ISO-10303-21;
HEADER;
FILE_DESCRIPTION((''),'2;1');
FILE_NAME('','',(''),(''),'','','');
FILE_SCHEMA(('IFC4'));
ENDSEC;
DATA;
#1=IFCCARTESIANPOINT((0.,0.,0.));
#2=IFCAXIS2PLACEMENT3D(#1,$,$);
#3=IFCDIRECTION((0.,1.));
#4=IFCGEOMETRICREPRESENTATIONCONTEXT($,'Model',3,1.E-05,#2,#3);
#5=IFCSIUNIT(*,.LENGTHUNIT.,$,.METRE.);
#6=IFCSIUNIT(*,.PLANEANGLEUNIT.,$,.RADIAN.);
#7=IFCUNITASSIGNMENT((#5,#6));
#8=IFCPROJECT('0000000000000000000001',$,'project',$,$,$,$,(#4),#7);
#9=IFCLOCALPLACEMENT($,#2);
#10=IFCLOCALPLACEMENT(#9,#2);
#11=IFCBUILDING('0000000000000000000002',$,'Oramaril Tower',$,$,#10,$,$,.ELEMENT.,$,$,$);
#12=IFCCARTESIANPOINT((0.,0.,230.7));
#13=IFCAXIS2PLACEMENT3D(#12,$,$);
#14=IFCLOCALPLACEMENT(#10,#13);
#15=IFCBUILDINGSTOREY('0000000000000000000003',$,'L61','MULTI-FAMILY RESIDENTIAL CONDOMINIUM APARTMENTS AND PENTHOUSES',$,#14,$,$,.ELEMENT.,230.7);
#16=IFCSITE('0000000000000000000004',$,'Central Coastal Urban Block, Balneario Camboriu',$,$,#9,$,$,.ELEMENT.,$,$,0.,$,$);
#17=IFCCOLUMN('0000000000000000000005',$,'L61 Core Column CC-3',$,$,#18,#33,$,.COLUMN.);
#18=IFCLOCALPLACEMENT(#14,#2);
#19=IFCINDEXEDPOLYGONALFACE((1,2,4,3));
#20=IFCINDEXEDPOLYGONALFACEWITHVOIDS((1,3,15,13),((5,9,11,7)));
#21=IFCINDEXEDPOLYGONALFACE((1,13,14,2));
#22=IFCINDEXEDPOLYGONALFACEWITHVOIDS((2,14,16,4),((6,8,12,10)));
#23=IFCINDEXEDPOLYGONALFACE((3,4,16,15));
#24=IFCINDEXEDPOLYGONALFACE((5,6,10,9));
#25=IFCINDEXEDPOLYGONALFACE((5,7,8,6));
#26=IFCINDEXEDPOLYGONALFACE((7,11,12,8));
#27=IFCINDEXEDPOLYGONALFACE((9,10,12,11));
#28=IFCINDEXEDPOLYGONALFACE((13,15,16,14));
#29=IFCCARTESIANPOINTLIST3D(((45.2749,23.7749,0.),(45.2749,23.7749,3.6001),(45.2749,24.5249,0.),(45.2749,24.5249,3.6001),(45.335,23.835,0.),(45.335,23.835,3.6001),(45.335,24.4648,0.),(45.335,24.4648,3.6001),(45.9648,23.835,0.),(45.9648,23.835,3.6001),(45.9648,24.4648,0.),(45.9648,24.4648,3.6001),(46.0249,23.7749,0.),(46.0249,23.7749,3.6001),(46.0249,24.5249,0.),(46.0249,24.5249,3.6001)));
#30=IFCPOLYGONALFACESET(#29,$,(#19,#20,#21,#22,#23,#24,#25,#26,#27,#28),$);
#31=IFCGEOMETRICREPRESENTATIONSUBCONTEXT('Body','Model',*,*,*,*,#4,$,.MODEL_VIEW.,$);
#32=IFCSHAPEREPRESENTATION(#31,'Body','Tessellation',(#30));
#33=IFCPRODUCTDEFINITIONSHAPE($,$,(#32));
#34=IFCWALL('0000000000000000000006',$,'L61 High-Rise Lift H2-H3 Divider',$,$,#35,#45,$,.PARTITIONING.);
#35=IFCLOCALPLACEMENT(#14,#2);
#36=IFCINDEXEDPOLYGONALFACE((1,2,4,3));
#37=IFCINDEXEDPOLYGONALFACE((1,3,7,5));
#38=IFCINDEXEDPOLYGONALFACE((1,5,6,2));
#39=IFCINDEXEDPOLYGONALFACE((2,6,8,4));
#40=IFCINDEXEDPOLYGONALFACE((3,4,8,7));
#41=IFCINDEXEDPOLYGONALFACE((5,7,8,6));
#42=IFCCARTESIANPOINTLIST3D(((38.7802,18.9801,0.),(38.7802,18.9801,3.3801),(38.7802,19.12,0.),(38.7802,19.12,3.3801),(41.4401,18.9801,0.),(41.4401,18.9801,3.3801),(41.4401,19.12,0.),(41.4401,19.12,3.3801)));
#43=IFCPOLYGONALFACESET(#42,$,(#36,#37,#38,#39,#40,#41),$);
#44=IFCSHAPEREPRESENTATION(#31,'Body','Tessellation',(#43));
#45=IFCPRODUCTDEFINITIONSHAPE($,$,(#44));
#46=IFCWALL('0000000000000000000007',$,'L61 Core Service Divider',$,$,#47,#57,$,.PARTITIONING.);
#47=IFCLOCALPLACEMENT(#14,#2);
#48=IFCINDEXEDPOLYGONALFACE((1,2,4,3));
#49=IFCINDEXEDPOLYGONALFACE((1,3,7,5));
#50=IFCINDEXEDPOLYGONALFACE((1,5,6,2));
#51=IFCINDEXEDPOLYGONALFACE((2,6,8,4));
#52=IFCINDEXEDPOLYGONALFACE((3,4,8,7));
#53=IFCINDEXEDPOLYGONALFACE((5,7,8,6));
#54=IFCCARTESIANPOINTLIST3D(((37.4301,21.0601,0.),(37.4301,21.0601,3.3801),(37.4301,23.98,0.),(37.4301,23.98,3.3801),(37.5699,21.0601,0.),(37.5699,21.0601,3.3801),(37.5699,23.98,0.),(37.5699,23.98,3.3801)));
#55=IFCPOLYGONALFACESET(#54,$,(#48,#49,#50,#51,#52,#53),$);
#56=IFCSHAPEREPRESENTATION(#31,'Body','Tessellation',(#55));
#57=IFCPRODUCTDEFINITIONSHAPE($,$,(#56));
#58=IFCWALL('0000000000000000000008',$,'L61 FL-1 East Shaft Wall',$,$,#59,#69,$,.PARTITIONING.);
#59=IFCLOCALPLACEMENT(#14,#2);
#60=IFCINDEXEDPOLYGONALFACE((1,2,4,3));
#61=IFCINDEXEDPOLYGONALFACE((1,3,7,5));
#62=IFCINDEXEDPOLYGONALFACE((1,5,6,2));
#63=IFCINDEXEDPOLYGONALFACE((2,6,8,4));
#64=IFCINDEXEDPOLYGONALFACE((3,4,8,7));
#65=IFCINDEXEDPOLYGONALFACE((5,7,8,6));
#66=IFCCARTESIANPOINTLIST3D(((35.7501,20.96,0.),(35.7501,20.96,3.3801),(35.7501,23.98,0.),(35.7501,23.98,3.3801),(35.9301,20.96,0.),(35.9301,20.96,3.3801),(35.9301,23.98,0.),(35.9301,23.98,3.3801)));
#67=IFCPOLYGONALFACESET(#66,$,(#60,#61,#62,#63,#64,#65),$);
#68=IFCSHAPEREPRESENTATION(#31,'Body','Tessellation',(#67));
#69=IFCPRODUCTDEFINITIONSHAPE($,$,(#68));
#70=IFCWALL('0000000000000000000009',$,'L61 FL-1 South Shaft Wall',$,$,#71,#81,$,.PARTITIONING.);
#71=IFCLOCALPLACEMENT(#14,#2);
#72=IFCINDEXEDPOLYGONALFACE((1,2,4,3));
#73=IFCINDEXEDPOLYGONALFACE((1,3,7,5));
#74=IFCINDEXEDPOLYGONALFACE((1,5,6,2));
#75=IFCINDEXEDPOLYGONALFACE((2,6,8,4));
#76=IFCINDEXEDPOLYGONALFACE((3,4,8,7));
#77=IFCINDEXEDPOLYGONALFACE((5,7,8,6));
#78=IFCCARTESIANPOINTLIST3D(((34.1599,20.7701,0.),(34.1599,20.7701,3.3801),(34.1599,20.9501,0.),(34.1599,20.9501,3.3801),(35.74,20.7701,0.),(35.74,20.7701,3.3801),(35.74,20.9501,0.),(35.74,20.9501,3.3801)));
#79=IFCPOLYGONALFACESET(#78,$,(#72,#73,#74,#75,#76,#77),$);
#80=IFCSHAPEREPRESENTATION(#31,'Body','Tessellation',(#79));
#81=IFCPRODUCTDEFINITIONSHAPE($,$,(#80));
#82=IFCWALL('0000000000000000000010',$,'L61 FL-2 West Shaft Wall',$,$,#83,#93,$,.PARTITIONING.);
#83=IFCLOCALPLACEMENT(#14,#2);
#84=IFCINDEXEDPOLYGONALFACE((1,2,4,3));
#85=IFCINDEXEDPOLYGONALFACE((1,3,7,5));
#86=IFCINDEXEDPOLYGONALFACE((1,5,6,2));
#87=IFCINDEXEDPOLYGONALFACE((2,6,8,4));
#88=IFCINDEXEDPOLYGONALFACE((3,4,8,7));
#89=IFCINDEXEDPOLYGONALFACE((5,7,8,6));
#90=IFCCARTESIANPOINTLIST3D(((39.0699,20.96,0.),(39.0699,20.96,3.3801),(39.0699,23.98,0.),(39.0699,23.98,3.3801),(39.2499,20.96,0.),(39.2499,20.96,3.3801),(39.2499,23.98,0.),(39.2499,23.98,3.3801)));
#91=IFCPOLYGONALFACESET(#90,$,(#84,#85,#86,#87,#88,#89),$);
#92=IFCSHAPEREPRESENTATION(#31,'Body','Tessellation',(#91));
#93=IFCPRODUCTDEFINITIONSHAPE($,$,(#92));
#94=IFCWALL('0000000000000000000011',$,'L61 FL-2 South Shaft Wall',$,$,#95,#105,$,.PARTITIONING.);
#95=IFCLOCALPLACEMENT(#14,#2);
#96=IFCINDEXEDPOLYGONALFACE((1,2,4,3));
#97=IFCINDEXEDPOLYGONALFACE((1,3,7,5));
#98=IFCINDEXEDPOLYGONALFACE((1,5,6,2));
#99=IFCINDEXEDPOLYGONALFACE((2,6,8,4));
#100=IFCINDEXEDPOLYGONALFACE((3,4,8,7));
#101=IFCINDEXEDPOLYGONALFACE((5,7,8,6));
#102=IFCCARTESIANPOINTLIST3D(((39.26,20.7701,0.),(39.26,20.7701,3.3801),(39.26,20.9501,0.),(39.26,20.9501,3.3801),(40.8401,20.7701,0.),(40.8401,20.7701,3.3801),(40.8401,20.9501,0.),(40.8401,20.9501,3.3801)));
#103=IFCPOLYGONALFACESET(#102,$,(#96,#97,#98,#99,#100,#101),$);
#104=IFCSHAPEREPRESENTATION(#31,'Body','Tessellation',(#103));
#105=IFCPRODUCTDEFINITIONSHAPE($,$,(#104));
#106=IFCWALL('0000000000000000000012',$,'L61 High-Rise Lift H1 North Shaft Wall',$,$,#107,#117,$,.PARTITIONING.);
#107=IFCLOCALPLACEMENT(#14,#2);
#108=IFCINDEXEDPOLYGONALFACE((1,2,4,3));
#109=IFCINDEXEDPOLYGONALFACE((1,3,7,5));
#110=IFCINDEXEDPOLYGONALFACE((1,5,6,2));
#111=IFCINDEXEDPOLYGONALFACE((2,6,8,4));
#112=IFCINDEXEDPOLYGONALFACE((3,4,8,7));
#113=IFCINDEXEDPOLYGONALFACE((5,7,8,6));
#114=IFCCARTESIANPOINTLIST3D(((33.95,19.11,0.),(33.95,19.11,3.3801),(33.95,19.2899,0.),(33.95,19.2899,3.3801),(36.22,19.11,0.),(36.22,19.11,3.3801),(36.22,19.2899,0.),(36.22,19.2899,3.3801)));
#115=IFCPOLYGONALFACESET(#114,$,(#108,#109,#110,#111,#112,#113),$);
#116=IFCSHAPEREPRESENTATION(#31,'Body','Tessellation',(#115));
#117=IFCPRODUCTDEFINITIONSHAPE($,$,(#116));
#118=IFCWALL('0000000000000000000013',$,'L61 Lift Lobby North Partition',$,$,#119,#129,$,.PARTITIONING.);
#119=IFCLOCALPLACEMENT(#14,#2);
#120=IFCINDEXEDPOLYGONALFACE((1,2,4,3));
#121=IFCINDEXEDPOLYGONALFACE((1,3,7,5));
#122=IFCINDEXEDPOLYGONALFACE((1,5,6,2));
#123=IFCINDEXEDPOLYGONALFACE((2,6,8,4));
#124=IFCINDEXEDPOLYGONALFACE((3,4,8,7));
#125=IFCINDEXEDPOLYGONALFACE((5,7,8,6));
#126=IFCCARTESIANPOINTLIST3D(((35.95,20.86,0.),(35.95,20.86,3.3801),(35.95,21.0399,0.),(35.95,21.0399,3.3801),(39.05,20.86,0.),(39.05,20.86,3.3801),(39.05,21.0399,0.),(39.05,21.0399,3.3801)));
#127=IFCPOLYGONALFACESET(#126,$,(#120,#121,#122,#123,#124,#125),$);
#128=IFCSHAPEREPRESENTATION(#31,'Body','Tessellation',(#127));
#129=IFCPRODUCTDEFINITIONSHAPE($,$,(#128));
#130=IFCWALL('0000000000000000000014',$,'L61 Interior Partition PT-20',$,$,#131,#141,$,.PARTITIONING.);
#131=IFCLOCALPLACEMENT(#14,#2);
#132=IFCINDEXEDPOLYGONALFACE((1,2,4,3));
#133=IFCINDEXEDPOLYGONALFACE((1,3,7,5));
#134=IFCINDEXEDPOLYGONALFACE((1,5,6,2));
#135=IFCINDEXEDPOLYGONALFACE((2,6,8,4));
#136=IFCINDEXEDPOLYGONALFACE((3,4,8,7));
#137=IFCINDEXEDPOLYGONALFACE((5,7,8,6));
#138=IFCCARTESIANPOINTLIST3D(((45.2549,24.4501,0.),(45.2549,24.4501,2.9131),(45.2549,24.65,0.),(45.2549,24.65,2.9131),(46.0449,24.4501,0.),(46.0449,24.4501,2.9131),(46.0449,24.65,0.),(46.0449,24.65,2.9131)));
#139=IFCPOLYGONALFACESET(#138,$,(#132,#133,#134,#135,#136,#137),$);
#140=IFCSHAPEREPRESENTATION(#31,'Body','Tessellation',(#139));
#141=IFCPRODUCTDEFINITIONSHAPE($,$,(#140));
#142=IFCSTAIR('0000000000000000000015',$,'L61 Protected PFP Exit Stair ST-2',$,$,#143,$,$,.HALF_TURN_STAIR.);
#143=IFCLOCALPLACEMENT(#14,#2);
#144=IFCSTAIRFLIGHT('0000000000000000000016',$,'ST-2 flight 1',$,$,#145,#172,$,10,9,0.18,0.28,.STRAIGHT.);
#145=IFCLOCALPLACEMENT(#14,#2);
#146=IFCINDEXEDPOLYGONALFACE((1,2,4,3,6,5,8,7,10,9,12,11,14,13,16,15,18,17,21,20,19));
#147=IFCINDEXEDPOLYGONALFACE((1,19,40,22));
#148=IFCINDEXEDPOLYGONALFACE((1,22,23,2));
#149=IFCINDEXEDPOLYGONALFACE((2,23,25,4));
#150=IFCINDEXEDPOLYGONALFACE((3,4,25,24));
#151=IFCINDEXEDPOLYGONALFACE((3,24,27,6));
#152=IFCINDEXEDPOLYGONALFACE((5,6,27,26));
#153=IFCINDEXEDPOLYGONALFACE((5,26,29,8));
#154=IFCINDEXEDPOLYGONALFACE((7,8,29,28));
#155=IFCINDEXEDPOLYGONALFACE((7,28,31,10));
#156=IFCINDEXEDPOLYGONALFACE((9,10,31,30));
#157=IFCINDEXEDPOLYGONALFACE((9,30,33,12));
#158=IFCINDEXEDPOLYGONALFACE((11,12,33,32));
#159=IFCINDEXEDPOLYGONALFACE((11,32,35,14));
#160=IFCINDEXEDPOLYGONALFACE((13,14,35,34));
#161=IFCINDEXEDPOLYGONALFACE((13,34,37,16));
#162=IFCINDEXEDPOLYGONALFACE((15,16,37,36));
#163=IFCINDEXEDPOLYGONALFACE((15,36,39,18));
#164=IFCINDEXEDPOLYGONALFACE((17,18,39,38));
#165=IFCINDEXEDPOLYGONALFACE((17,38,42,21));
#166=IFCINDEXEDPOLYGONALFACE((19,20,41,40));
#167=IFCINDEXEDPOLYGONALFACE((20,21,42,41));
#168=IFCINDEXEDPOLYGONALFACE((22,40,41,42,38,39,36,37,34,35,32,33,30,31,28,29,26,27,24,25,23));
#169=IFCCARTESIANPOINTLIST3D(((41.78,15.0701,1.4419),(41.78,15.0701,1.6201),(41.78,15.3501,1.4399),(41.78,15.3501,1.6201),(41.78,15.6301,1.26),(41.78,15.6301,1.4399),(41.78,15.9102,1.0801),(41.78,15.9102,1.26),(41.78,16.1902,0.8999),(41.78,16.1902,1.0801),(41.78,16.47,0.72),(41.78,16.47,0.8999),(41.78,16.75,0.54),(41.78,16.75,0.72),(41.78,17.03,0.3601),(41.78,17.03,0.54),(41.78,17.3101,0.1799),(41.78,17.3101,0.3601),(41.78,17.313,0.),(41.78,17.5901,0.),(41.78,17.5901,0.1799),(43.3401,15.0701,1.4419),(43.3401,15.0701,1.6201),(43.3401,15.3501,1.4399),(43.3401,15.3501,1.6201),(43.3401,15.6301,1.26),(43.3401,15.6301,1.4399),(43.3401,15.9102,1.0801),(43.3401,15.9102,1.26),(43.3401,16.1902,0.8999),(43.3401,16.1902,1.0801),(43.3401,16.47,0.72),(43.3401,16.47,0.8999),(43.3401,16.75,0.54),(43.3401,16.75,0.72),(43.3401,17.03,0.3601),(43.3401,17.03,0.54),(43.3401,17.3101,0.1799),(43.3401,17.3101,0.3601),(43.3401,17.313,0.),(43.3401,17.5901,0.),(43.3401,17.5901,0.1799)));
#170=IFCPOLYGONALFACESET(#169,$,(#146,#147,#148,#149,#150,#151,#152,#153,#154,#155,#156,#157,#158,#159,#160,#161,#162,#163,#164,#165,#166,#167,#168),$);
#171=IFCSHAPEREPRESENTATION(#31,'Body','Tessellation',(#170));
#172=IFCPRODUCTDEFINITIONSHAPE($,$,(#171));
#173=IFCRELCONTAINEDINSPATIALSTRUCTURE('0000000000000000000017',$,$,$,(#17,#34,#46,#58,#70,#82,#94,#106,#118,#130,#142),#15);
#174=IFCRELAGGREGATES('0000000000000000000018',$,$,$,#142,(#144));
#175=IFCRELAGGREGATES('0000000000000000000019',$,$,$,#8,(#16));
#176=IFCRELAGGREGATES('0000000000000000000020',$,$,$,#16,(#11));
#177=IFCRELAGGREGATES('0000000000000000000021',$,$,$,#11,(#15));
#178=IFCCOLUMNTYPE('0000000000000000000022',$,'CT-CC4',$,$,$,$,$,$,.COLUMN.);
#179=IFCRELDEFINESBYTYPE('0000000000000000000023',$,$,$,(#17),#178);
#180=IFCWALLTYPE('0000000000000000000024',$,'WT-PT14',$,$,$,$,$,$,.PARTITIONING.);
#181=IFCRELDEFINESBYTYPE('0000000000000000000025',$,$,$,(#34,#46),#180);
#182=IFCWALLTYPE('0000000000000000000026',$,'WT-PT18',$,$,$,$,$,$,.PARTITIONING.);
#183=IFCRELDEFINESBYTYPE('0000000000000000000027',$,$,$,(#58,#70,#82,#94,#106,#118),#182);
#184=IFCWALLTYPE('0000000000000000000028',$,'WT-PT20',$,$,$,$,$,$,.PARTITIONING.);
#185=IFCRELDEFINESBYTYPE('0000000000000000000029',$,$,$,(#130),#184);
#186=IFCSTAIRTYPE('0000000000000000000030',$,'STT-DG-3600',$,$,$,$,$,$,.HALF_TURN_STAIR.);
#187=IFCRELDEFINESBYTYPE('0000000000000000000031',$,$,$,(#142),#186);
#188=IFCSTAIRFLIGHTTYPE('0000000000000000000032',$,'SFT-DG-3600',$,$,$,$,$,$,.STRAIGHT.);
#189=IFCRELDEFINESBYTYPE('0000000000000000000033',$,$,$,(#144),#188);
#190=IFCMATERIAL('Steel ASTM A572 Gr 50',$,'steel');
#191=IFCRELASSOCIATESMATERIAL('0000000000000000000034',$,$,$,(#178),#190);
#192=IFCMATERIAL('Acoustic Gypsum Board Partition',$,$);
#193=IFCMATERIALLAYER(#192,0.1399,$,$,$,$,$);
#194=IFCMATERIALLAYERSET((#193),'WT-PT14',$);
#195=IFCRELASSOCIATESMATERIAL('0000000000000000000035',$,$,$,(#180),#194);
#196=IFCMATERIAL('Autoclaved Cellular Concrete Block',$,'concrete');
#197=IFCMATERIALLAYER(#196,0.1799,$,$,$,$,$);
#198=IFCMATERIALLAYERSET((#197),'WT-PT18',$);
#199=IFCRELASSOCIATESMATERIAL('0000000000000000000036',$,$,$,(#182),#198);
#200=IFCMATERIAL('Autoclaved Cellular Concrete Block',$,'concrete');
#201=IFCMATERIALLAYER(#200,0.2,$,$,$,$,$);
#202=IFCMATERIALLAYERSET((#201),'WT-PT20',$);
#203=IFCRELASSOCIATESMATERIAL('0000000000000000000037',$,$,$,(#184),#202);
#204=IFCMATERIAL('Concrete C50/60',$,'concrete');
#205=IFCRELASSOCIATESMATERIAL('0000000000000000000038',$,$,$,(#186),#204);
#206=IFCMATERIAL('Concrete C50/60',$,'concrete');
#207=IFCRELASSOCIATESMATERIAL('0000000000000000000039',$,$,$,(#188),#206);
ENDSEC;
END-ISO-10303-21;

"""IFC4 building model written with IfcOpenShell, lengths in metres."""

from ifc_helpers import new_model, si_unit, direction, frame, frame_2d, origin, origin_2d, place, context, subcontext, project, spatial, polyline, rectangle, hollow_rectangle, outline, extrude, material, layer, layer_set, material_profile, profile_set, type_object, element, aggregate, save


model = new_model("IFC4")

# Units and contexts
model_context = context("Model", 3, precision=1e-05, world=origin(), true_north=direction((0.0, 1.0)))
body_context = subcontext(model_context, "Body", "Model", "MODEL_VIEW")
ifc_project = project(units=[si_unit("LENGTHUNIT", "METRE"), si_unit("PLANEANGLEUNIT", "RADIAN")], contexts=[model_context])

# Site, building, storey
site_placement = place(None, origin())
site = spatial("IfcSite", under=ifc_project, at=site_placement, Name="Central Coastal Urban Block, Balneario Camboriu", CompositionType="ELEMENT", RefElevation=0.0)
building_placement = place(site_placement, origin())
building = spatial("IfcBuilding", under=site, at=building_placement, Name="Oramaril Tower", CompositionType="ELEMENT")
storey_placement = place(building_placement, frame((0.0, 0.0, 230.7)))
storey = spatial("IfcBuildingStorey", under=building, at=storey_placement, Name="L61", Description="MULTI-FAMILY RESIDENTIAL CONDOMINIUM APARTMENTS AND PENTHOUSES", CompositionType="ELEMENT", Elevation=230.7)

# Column
ifc_material_1 = material(Name="Steel ASTM A572 Gr 50", Category="steel")
ifc_material_profile = material_profile(ifc_material_1, hollow_rectangle(XDim=0.75, YDim=0.75, WallThickness=0.0601, at=origin_2d()), Name="BOX750X750X60")
ifc_profile_set = profile_set([ifc_material_profile], Name="Steel ASTM A572 Gr 50")
column_type = type_object("IfcColumnType", Name="CT-CC4", PredefinedType="COLUMN", material=ifc_profile_set)
column_placement = place(storey_placement, frame((45.6499, 24.1499, 0.0), z_axis=(0.0, 0.0, 1.0), x_axis=(1.0, 0.0, 0.0)))
element("IfcColumn", 1, at=column_placement, inside=storey, type_object=column_type, Name="L61 Core Column CC-3", PredefinedType="COLUMN", context=body_context, shape_type="SweptSolid", body=[
    extrude(hollow_rectangle(XDim=0.75, YDim=0.75, WallThickness=0.0601, at=origin_2d()), origin(), (0.0, 0.0, 1.0), 3.6001),
])

# Walls
ifc_material_2 = material(Name="Acoustic Gypsum Board Partition")
ifc_layer_1 = layer(ifc_material_2, 0.1399)
ifc_layer_set_1 = layer_set([ifc_layer_1], Name="WT-PT14")
wall_type_1 = type_object("IfcWallType", Name="WT-PT14", PredefinedType="PARTITIONING", material=ifc_layer_set_1)
wall_1_placement = place(storey_placement, frame((38.78, 19.05, 0.0), z_axis=(0.0, 0.0, 1.0), x_axis=(1.0, 0.0, 0.0)))
element("IfcWall", 2, at=wall_1_placement, inside=storey, type_object=wall_type_1, Name="L61 High-Rise Lift H2-H3 Divider", PredefinedType="PARTITIONING", context=body_context, shape_type="SweptSolid", body=[
    extrude(rectangle(XDim=2.6599, YDim=0.1399, at=frame_2d((1.3301, 0.0))), origin(), (0.0, 0.0, 1.0), 3.3801),
])
wall_2_placement = place(storey_placement, frame((37.5, 21.0601, 0.0), z_axis=(0.0, 0.0, 1.0), x_axis=(0.0, 1.0, 0.0)))
element("IfcWall", 3, at=wall_2_placement, inside=storey, type_object=wall_type_1, Name="L61 Core Service Divider", PredefinedType="PARTITIONING", context=body_context, shape_type="SweptSolid", body=[
    extrude(rectangle(XDim=2.9199, YDim=0.1399, at=frame_2d((1.46, 0.0))), origin(), (0.0, 0.0, 1.0), 3.3801),
])
ifc_material_3 = material(Name="Autoclaved Cellular Concrete Block", Category="concrete")
ifc_layer_2 = layer(ifc_material_3, 0.1799)
ifc_layer_set_2 = layer_set([ifc_layer_2], Name="WT-PT18")
wall_type_2 = type_object("IfcWallType", Name="WT-PT18", PredefinedType="PARTITIONING", material=ifc_layer_set_2)
wall_3_placement = place(storey_placement, frame((35.8401, 20.96, 0.0), z_axis=(0.0, 0.0, 1.0), x_axis=(0.0, 1.0, 0.0)))
element("IfcWall", 4, at=wall_3_placement, inside=storey, type_object=wall_type_2, Name="L61 FL-1 East Shaft Wall", PredefinedType="PARTITIONING", context=body_context, shape_type="SweptSolid", body=[
    extrude(rectangle(XDim=3.02, YDim=0.1799, at=frame_2d((1.51, 0.0))), origin(), (0.0, 0.0, 1.0), 3.3801),
])
wall_4_placement = place(storey_placement, frame((34.1599, 20.8601, 0.0), z_axis=(0.0, 0.0, 1.0), x_axis=(1.0, 0.0, 0.0)))
element("IfcWall", 5, at=wall_4_placement, inside=storey, type_object=wall_type_2, Name="L61 FL-1 South Shaft Wall", PredefinedType="PARTITIONING", context=body_context, shape_type="SweptSolid", body=[
    extrude(rectangle(XDim=1.5801, YDim=0.1799, at=frame_2d((0.79, 0.0))), origin(), (0.0, 0.0, 1.0), 3.3801),
])
wall_5_placement = place(storey_placement, frame((39.1599, 20.96, 0.0), z_axis=(0.0, 0.0, 1.0), x_axis=(0.0, 1.0, 0.0)))
element("IfcWall", 6, at=wall_5_placement, inside=storey, type_object=wall_type_2, Name="L61 FL-2 West Shaft Wall", PredefinedType="PARTITIONING", context=body_context, shape_type="SweptSolid", body=[
    extrude(rectangle(XDim=3.02, YDim=0.1799, at=frame_2d((1.51, 0.0))), origin(), (0.0, 0.0, 1.0), 3.3801),
])
wall_6_placement = place(storey_placement, frame((39.26, 20.8601, 0.0), z_axis=(0.0, 0.0, 1.0), x_axis=(1.0, 0.0, 0.0)))
element("IfcWall", 7, at=wall_6_placement, inside=storey, type_object=wall_type_2, Name="L61 FL-2 South Shaft Wall", PredefinedType="PARTITIONING", context=body_context, shape_type="SweptSolid", body=[
    extrude(rectangle(XDim=1.5801, YDim=0.1799, at=frame_2d((0.79, 0.0))), origin(), (0.0, 0.0, 1.0), 3.3801),
])
wall_7_placement = place(storey_placement, frame((33.95, 19.2, 0.0), z_axis=(0.0, 0.0, 1.0), x_axis=(1.0, 0.0, 0.0)))
element("IfcWall", 8, at=wall_7_placement, inside=storey, type_object=wall_type_2, Name="L61 High-Rise Lift H1 North Shaft Wall", PredefinedType="PARTITIONING", context=body_context, shape_type="SweptSolid", body=[
    extrude(rectangle(XDim=2.27, YDim=0.1799, at=frame_2d((1.135, 0.0))), origin(), (0.0, 0.0, 1.0), 3.3801),
])
wall_8_placement = place(storey_placement, frame((35.95, 20.95, 0.0), z_axis=(0.0, 0.0, 1.0), x_axis=(1.0, 0.0, 0.0)))
element("IfcWall", 9, at=wall_8_placement, inside=storey, type_object=wall_type_2, Name="L61 Lift Lobby North Partition", PredefinedType="PARTITIONING", context=body_context, shape_type="SweptSolid", body=[
    extrude(rectangle(XDim=3.1001, YDim=0.1799, at=frame_2d((1.55, 0.0))), origin(), (0.0, 0.0, 1.0), 3.3801),
])
ifc_material_4 = material(Name="Autoclaved Cellular Concrete Block", Category="concrete")
ifc_layer_3 = layer(ifc_material_4, 0.2)
ifc_layer_set_3 = layer_set([ifc_layer_3], Name="WT-PT20")
wall_type_3 = type_object("IfcWallType", Name="WT-PT20", PredefinedType="PARTITIONING", material=ifc_layer_set_3)
wall_9_placement = place(storey_placement, frame((45.2549, 24.55, 0.0), z_axis=(0.0, 0.0, 1.0), x_axis=(1.0, 0.0, 0.0)))
element("IfcWall", 10, at=wall_9_placement, inside=storey, type_object=wall_type_3, Name="L61 Interior Partition PT-20", PredefinedType="PARTITIONING", context=body_context, shape_type="SweptSolid", body=[
    extrude(rectangle(XDim=0.79, YDim=0.2, at=frame_2d((0.395, 0.0))), origin(), (0.0, 0.0, 1.0), 2.9131),
])

# Stair, stair flight
ifc_material_5 = material(Name="Concrete C50/60", Category="concrete")
stair_type = type_object("IfcStairType", Name="STT-DG-3600", PredefinedType="HALF_TURN_STAIR", material=ifc_material_5)
stair_placement = place(storey_placement, origin())
stair = element("IfcStair", 11, at=stair_placement, inside=storey, type_object=stair_type, Name="L61 Protected PFP Exit Stair ST-2", PredefinedType="HALF_TURN_STAIR")
ifc_material_6 = material(Name="Concrete C50/60", Category="concrete")
stair_flight_type = type_object("IfcStairFlightType", Name="SFT-DG-3600", PredefinedType="STRAIGHT", material=ifc_material_6)
stair_flight_placement = place(storey_placement, frame((42.5601, 17.5901, 0.0), z_axis=(0.0, 0.0, 1.0), x_axis=(0.0, -1.0, 0.0)))
stair_flight = element("IfcStairFlight", 12, at=stair_flight_placement, type_object=stair_flight_type, Name="ST-2 flight 1", NumberOfRisers=10, NumberOfTreads=9, PredefinedType="STRAIGHT", RiserHeight=0.18, TreadLength=0.28, context=body_context, shape_type="SweptSolid", body=[
    extrude(outline(polyline([(0.0, 0.0), (0.0, 0.1799), (0.28, 0.1799), (0.28, 0.3601), (0.5601, 0.3601), (0.5601, 0.54), (0.8401, 0.54), (0.8401, 0.72), (1.1201, 0.72), (1.1201, 0.8999), (1.3999, 0.8999), (1.3999, 1.0801), (1.6799, 1.0801), (1.6799, 1.26), (1.96, 1.26), (1.96, 1.4399), (2.24, 1.4399), (2.24, 1.6201), (2.52, 1.6201), (2.52, 1.8), (2.52, 1.4419), (0.2771, 0.0), (0.0, 0.0)])), frame((0.0, 0.78, 0.0), z_axis=(0.0, -1.0, 0.0), x_axis=(1.0, 0.0, 0.0)), (0.0, 0.0, 1.0), 1.5601),
])
aggregate(stair, [stair_flight])

save(model, "model.ifc")
